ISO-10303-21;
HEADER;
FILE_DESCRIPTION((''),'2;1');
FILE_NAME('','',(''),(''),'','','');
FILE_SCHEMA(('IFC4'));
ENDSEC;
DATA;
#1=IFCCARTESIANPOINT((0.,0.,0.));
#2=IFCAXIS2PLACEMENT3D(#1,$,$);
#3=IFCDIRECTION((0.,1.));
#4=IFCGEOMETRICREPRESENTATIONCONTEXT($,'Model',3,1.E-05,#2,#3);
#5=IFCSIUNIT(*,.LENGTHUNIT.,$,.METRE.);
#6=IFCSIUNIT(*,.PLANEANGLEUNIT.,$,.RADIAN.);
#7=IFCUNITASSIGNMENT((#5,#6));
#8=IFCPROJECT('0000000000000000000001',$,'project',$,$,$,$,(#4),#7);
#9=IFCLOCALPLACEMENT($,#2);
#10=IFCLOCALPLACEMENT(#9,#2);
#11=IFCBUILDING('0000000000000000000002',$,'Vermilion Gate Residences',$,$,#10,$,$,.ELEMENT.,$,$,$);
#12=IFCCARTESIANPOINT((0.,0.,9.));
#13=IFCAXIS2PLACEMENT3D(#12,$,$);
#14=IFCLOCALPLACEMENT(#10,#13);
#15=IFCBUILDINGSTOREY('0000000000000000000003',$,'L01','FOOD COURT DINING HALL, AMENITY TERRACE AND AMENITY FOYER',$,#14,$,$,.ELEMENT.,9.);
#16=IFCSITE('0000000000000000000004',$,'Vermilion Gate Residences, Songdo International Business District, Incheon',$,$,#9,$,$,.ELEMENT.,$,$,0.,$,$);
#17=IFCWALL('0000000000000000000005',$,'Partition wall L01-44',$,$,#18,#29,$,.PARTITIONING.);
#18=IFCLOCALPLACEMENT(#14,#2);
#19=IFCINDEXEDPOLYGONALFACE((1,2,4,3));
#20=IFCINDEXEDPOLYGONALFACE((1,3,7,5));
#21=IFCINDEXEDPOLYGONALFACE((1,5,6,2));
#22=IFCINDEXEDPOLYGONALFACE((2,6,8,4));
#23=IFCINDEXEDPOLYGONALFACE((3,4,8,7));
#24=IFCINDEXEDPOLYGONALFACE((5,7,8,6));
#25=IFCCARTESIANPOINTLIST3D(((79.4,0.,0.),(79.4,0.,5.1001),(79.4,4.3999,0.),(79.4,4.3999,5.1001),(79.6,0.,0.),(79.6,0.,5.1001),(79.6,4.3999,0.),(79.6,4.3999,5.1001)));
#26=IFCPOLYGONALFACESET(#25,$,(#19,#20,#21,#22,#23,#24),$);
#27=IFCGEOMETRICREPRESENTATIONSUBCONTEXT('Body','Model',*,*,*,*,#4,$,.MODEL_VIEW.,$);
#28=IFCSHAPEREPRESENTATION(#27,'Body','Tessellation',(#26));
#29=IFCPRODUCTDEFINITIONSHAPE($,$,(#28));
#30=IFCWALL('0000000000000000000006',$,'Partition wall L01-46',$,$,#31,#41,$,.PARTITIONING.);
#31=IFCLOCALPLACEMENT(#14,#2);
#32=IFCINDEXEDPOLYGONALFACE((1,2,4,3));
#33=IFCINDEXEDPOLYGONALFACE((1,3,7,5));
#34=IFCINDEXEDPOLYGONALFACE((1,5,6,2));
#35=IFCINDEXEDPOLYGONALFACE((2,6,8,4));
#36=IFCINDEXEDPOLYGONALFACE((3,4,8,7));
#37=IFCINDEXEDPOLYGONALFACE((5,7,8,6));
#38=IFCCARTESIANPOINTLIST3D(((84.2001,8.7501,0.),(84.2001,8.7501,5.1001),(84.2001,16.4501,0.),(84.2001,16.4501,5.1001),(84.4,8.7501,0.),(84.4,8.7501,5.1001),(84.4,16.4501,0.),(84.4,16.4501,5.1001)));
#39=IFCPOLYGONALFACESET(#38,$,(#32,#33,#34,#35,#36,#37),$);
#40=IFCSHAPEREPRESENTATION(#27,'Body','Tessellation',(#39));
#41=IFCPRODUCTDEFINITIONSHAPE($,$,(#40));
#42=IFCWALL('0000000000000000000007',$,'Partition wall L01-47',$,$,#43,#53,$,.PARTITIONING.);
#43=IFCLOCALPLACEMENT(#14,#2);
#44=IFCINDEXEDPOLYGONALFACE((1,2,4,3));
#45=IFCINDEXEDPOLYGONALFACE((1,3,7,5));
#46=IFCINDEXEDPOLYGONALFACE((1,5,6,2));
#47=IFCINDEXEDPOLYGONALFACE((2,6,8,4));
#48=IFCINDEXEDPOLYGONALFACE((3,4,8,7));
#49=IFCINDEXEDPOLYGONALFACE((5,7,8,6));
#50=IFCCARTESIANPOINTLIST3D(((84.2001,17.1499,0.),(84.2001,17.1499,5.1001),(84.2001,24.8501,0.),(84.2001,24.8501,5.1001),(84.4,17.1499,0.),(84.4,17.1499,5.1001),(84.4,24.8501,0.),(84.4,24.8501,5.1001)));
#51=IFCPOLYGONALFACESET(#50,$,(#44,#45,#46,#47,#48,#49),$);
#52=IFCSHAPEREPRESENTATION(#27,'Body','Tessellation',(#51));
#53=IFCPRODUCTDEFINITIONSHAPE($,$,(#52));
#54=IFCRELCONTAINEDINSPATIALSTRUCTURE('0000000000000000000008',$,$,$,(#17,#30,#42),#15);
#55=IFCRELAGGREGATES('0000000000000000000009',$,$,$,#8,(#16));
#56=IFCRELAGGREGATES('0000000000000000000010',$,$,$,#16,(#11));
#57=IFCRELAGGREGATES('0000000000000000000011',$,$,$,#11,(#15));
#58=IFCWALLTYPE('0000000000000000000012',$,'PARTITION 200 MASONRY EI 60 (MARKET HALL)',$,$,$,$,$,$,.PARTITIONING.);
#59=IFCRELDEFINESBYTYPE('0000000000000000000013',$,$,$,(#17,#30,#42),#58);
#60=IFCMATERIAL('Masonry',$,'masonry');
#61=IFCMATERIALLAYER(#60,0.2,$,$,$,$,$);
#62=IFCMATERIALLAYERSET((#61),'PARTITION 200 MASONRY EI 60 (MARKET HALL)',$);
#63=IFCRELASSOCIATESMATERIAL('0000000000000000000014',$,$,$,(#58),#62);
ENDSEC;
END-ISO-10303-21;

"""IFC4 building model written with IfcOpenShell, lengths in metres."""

from ifc_helpers import new_model, si_unit, direction, frame, frame_2d, origin, place, context, subcontext, project, spatial, rectangle, extrude, material, layer, layer_set, type_object, element, save


model = new_model("IFC4")

# Units and contexts
model_context = context("Model", 3, precision=1e-05, world=origin(), true_north=direction((0.0, 1.0)))
body_context = subcontext(model_context, "Body", "Model", "MODEL_VIEW")
ifc_project = project(units=[si_unit("LENGTHUNIT", "METRE"), si_unit("PLANEANGLEUNIT", "RADIAN")], contexts=[model_context])

# Site, building, storey
site_placement = place(None, origin())
site = spatial("IfcSite", under=ifc_project, at=site_placement, Name="Vermilion Gate Residences, Songdo International Business District, Incheon", CompositionType="ELEMENT", RefElevation=0.0)
building_placement = place(site_placement, origin())
building = spatial("IfcBuilding", under=site, at=building_placement, Name="Vermilion Gate Residences", CompositionType="ELEMENT")
storey_placement = place(building_placement, frame((0.0, 0.0, 9.0)))
storey = spatial("IfcBuildingStorey", under=building, at=storey_placement, Name="L01", Description="FOOD COURT DINING HALL, AMENITY TERRACE AND AMENITY FOYER", CompositionType="ELEMENT", Elevation=9.0)

# Shared definitions
ifc_material_1 = material(Name="Masonry", Category="masonry")
ifc_layer_1 = layer(ifc_material_1, 0.2)
ifc_layer_set_1 = layer_set([ifc_layer_1], Name="PARTITION 200 MASONRY EI 60 (MARKET HALL)")
wall_type_1 = type_object("IfcWallType", Name="PARTITION 200 MASONRY EI 60 (MARKET HALL)", PredefinedType="PARTITIONING", material=ifc_layer_set_1)

# Walls
wall_1_placement = place(storey_placement, frame((79.5, 0.0, 0.0), z_axis=(0.0, 0.0, 1.0), x_axis=(0.0, 1.0, 0.0)))
element("IfcWall", 1, at=wall_1_placement, inside=storey, type_object=wall_type_1, Name="Partition wall L01-44", PredefinedType="PARTITIONING", context=body_context, shape_type="SweptSolid", body=[
    extrude(rectangle(XDim=4.3999, YDim=0.2, at=frame_2d((2.2, 0.0))), origin(), (0.0, 0.0, 1.0), 5.1001),
])
wall_2_placement = place(storey_placement, frame((84.3, 8.75, 0.0), z_axis=(0.0, 0.0, 1.0), x_axis=(0.0, 1.0, 0.0)))
element("IfcWall", 2, at=wall_2_placement, inside=storey, type_object=wall_type_1, Name="Partition wall L01-46", PredefinedType="PARTITIONING", context=body_context, shape_type="SweptSolid", body=[
    extrude(rectangle(XDim=7.7, YDim=0.2, at=frame_2d((3.8501, 0.0))), origin(), (0.0, 0.0, 1.0), 5.1001),
])
wall_3_placement = place(storey_placement, frame((84.3, 17.1499, 0.0), z_axis=(0.0, 0.0, 1.0), x_axis=(0.0, 1.0, 0.0)))
element("IfcWall", 3, at=wall_3_placement, inside=storey, type_object=wall_type_1, Name="Partition wall L01-47", PredefinedType="PARTITIONING", context=body_context, shape_type="SweptSolid", body=[
    extrude(rectangle(XDim=7.7002, YDim=0.2, at=frame_2d((3.8501, 0.0))), origin(), (0.0, 0.0, 1.0), 5.1001),
])

save(model, "model.ifc")
